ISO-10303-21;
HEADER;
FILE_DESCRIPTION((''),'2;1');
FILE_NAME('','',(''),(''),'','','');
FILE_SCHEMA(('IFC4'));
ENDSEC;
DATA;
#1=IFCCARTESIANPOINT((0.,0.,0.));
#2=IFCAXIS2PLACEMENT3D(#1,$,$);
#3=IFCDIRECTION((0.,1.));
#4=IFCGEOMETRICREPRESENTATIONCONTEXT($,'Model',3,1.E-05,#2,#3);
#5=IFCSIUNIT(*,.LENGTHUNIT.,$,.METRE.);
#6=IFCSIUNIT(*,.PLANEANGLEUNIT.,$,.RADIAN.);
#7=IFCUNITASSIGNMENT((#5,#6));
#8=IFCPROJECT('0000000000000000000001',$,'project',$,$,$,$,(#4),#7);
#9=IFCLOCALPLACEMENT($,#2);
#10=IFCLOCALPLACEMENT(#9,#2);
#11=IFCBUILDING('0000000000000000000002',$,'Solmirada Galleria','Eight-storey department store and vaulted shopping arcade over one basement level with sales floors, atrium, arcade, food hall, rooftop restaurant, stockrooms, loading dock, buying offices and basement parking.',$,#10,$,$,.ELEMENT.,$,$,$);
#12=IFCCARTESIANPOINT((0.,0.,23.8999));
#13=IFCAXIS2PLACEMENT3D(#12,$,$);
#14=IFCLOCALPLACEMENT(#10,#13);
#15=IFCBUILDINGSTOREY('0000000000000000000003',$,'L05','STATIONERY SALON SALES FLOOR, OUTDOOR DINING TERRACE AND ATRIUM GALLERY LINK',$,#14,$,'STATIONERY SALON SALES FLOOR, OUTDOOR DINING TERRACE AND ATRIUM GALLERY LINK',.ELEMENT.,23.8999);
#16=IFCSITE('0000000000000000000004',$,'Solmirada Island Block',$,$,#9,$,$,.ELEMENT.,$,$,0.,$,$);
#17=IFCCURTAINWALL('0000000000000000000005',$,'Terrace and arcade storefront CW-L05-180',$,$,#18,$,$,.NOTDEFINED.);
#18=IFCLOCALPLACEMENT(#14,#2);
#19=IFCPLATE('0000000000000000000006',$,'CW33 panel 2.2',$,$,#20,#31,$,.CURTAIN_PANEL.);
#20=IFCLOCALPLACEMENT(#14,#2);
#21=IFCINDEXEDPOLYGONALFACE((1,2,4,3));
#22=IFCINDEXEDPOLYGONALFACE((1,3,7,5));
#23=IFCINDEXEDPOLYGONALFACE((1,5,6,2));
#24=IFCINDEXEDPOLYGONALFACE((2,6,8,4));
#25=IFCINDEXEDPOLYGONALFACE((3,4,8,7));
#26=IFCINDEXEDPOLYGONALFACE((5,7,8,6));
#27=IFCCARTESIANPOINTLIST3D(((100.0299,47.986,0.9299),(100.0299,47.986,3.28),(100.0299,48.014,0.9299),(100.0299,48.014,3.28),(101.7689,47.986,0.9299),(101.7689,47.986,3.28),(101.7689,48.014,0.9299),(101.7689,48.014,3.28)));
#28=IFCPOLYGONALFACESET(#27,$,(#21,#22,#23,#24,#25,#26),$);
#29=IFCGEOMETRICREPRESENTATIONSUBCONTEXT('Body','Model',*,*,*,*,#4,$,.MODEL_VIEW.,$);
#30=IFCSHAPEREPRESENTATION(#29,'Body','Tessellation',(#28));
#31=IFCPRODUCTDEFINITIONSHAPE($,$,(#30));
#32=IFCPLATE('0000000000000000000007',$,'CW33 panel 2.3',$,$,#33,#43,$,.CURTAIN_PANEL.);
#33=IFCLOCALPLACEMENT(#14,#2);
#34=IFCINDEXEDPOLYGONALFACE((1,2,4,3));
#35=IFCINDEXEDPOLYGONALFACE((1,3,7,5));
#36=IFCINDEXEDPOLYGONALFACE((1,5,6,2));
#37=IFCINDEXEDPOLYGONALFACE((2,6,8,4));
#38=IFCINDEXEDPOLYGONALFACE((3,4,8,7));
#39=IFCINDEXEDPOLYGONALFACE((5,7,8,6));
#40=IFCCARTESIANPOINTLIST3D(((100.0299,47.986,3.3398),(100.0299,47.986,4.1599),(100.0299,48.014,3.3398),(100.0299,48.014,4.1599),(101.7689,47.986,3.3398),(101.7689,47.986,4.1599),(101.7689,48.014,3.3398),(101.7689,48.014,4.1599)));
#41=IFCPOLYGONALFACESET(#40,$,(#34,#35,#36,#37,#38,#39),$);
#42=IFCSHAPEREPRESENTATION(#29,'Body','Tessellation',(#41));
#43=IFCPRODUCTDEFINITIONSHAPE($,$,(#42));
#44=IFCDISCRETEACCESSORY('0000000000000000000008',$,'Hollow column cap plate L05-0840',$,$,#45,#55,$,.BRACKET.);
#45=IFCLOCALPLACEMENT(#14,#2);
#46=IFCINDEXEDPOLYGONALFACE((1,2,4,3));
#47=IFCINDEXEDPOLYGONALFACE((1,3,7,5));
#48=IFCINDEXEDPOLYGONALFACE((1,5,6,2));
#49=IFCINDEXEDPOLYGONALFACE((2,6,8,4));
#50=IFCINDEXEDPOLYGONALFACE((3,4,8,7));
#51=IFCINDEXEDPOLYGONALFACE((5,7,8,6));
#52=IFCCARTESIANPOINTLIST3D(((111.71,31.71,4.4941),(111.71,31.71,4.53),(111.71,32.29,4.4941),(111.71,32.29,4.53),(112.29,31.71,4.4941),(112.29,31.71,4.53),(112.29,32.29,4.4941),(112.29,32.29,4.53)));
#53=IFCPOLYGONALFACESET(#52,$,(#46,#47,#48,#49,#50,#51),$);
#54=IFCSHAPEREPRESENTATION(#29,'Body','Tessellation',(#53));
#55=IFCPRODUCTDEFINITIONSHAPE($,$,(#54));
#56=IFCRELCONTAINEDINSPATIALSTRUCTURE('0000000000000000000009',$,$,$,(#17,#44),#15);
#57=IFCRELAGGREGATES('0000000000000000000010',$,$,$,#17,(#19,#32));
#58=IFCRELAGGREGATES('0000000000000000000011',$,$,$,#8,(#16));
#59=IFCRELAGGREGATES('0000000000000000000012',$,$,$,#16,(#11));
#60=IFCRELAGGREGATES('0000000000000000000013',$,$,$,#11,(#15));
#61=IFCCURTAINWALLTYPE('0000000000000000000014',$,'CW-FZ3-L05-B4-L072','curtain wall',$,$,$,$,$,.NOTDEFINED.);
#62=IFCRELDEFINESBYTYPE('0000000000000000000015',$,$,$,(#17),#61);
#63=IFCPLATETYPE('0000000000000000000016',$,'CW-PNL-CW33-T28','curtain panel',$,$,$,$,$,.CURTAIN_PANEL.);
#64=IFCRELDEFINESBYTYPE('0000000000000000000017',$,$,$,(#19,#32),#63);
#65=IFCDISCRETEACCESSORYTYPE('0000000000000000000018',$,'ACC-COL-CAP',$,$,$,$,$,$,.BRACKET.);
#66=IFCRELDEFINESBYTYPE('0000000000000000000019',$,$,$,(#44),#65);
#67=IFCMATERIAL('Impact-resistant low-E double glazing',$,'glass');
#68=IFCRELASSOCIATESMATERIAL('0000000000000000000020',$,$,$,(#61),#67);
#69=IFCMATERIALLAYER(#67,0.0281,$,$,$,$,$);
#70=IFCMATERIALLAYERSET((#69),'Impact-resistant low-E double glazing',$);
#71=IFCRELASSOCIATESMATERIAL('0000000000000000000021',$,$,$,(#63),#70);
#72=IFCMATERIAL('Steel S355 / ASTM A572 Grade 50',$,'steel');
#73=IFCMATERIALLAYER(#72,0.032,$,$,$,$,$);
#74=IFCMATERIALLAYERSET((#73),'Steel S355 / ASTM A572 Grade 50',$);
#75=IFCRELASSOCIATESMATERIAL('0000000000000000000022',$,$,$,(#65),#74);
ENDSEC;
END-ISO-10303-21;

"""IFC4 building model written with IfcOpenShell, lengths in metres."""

from ifc_helpers import new_model, si_unit, direction, frame, origin, origin_2d, place, context, subcontext, project, spatial, rectangle, extrude, material, layer, layer_set, type_object, element, aggregate, save


model = new_model("IFC4")

# Units and contexts
model_context = context("Model", 3, precision=1e-05, world=origin(), true_north=direction((0.0, 1.0)))
body_context = subcontext(model_context, "Body", "Model", "MODEL_VIEW")
ifc_project = project(units=[si_unit("LENGTHUNIT", "METRE"), si_unit("PLANEANGLEUNIT", "RADIAN")], contexts=[model_context])

# Site, building, storey
site_placement = place(None, origin())
site = spatial("IfcSite", under=ifc_project, at=site_placement, Name="Solmirada Island Block", CompositionType="ELEMENT", RefElevation=0.0)
building_placement = place(site_placement, origin())
building = spatial("IfcBuilding", under=site, at=building_placement, Name="Solmirada Galleria", Description="Eight-storey department store and vaulted shopping arcade over one basement level with sales floors, atrium, arcade, food hall, rooftop restaurant, stockrooms, loading dock, buying offices and basement parking.", CompositionType="ELEMENT")
storey_placement = place(building_placement, frame((0.0, 0.0, 23.8999)))
storey = spatial("IfcBuildingStorey", under=building, at=storey_placement, Name="L05", Description="STATIONERY SALON SALES FLOOR, OUTDOOR DINING TERRACE AND ATRIUM GALLERY LINK", LongName="STATIONERY SALON SALES FLOOR, OUTDOOR DINING TERRACE AND ATRIUM GALLERY LINK", CompositionType="ELEMENT", Elevation=23.8999)

# Curtain wall, plates
ifc_material_1 = material(Name="Impact-resistant low-E double glazing", Category="glass")
curtain_wall_type = type_object("IfcCurtainWallType", Name="CW-FZ3-L05-B4-L072", Description="curtain wall", PredefinedType="NOTDEFINED", material=ifc_material_1)
curtain_wall_placement = place(storey_placement, origin())
curtain_wall = element("IfcCurtainWall", 1, at=curtain_wall_placement, inside=storey, type_object=curtain_wall_type, Name="Terrace and arcade storefront CW-L05-180", PredefinedType="NOTDEFINED")
ifc_layer_1 = layer(ifc_material_1, 0.0281)
ifc_layer_set_1 = layer_set([ifc_layer_1], Name="Impact-resistant low-E double glazing")
plate_type = type_object("IfcPlateType", Name="CW-PNL-CW33-T28", Description="curtain panel", PredefinedType="CURTAIN_PANEL", material=ifc_layer_set_1)
plate_1_placement = place(storey_placement, frame((100.8994, 48.0, 0.9299), z_axis=(0.0, 0.0, 1.0), x_axis=(-1.0, 0.0, 0.0)))
plate_1 = element("IfcPlate", 2, at=plate_1_placement, type_object=plate_type, Name="CW33 panel 2.2", PredefinedType="CURTAIN_PANEL", context=body_context, shape_type="SweptSolid", body=[
    extrude(rectangle(XDim=1.739, YDim=0.0281, at=origin_2d()), origin(), (0.0, 0.0, 1.0), 2.3501),
])
plate_2_placement = place(storey_placement, frame((100.8994, 48.0, 3.3398), z_axis=(0.0, 0.0, 1.0), x_axis=(-1.0, 0.0, 0.0)))
plate_2 = element("IfcPlate", 3, at=plate_2_placement, type_object=plate_type, Name="CW33 panel 2.3", PredefinedType="CURTAIN_PANEL", context=body_context, shape_type="SweptSolid", body=[
    extrude(rectangle(XDim=1.739, YDim=0.0281, at=origin_2d()), origin(), (0.0, 0.0, 1.0), 0.8201),
])
aggregate(curtain_wall, [plate_1, plate_2])

# Discrete accessory
ifc_material_2 = material(Name="Steel S355 / ASTM A572 Grade 50", Category="steel")
ifc_layer_2 = layer(ifc_material_2, 0.032)
ifc_layer_set_2 = layer_set([ifc_layer_2], Name="Steel S355 / ASTM A572 Grade 50")
discrete_accessory_type = type_object("IfcDiscreteAccessoryType", Name="ACC-COL-CAP", PredefinedType="BRACKET", material=ifc_layer_set_2)
discrete_accessory_placement = place(storey_placement, frame((112.0, 32.0, 4.4941), z_axis=(0.0, 0.0, 1.0), x_axis=(1.0, 0.0, 0.0)))
element("IfcDiscreteAccessory", 4, at=discrete_accessory_placement, inside=storey, type_object=discrete_accessory_type, Name="Hollow column cap plate L05-0840", PredefinedType="BRACKET", context=body_context, shape_type="SweptSolid", body=[
    extrude(rectangle(XDim=0.5801, YDim=0.5801, at=origin_2d()), origin(), (0.0, 0.0, 1.0), 0.0359),
])

save(model, "model.ifc")
